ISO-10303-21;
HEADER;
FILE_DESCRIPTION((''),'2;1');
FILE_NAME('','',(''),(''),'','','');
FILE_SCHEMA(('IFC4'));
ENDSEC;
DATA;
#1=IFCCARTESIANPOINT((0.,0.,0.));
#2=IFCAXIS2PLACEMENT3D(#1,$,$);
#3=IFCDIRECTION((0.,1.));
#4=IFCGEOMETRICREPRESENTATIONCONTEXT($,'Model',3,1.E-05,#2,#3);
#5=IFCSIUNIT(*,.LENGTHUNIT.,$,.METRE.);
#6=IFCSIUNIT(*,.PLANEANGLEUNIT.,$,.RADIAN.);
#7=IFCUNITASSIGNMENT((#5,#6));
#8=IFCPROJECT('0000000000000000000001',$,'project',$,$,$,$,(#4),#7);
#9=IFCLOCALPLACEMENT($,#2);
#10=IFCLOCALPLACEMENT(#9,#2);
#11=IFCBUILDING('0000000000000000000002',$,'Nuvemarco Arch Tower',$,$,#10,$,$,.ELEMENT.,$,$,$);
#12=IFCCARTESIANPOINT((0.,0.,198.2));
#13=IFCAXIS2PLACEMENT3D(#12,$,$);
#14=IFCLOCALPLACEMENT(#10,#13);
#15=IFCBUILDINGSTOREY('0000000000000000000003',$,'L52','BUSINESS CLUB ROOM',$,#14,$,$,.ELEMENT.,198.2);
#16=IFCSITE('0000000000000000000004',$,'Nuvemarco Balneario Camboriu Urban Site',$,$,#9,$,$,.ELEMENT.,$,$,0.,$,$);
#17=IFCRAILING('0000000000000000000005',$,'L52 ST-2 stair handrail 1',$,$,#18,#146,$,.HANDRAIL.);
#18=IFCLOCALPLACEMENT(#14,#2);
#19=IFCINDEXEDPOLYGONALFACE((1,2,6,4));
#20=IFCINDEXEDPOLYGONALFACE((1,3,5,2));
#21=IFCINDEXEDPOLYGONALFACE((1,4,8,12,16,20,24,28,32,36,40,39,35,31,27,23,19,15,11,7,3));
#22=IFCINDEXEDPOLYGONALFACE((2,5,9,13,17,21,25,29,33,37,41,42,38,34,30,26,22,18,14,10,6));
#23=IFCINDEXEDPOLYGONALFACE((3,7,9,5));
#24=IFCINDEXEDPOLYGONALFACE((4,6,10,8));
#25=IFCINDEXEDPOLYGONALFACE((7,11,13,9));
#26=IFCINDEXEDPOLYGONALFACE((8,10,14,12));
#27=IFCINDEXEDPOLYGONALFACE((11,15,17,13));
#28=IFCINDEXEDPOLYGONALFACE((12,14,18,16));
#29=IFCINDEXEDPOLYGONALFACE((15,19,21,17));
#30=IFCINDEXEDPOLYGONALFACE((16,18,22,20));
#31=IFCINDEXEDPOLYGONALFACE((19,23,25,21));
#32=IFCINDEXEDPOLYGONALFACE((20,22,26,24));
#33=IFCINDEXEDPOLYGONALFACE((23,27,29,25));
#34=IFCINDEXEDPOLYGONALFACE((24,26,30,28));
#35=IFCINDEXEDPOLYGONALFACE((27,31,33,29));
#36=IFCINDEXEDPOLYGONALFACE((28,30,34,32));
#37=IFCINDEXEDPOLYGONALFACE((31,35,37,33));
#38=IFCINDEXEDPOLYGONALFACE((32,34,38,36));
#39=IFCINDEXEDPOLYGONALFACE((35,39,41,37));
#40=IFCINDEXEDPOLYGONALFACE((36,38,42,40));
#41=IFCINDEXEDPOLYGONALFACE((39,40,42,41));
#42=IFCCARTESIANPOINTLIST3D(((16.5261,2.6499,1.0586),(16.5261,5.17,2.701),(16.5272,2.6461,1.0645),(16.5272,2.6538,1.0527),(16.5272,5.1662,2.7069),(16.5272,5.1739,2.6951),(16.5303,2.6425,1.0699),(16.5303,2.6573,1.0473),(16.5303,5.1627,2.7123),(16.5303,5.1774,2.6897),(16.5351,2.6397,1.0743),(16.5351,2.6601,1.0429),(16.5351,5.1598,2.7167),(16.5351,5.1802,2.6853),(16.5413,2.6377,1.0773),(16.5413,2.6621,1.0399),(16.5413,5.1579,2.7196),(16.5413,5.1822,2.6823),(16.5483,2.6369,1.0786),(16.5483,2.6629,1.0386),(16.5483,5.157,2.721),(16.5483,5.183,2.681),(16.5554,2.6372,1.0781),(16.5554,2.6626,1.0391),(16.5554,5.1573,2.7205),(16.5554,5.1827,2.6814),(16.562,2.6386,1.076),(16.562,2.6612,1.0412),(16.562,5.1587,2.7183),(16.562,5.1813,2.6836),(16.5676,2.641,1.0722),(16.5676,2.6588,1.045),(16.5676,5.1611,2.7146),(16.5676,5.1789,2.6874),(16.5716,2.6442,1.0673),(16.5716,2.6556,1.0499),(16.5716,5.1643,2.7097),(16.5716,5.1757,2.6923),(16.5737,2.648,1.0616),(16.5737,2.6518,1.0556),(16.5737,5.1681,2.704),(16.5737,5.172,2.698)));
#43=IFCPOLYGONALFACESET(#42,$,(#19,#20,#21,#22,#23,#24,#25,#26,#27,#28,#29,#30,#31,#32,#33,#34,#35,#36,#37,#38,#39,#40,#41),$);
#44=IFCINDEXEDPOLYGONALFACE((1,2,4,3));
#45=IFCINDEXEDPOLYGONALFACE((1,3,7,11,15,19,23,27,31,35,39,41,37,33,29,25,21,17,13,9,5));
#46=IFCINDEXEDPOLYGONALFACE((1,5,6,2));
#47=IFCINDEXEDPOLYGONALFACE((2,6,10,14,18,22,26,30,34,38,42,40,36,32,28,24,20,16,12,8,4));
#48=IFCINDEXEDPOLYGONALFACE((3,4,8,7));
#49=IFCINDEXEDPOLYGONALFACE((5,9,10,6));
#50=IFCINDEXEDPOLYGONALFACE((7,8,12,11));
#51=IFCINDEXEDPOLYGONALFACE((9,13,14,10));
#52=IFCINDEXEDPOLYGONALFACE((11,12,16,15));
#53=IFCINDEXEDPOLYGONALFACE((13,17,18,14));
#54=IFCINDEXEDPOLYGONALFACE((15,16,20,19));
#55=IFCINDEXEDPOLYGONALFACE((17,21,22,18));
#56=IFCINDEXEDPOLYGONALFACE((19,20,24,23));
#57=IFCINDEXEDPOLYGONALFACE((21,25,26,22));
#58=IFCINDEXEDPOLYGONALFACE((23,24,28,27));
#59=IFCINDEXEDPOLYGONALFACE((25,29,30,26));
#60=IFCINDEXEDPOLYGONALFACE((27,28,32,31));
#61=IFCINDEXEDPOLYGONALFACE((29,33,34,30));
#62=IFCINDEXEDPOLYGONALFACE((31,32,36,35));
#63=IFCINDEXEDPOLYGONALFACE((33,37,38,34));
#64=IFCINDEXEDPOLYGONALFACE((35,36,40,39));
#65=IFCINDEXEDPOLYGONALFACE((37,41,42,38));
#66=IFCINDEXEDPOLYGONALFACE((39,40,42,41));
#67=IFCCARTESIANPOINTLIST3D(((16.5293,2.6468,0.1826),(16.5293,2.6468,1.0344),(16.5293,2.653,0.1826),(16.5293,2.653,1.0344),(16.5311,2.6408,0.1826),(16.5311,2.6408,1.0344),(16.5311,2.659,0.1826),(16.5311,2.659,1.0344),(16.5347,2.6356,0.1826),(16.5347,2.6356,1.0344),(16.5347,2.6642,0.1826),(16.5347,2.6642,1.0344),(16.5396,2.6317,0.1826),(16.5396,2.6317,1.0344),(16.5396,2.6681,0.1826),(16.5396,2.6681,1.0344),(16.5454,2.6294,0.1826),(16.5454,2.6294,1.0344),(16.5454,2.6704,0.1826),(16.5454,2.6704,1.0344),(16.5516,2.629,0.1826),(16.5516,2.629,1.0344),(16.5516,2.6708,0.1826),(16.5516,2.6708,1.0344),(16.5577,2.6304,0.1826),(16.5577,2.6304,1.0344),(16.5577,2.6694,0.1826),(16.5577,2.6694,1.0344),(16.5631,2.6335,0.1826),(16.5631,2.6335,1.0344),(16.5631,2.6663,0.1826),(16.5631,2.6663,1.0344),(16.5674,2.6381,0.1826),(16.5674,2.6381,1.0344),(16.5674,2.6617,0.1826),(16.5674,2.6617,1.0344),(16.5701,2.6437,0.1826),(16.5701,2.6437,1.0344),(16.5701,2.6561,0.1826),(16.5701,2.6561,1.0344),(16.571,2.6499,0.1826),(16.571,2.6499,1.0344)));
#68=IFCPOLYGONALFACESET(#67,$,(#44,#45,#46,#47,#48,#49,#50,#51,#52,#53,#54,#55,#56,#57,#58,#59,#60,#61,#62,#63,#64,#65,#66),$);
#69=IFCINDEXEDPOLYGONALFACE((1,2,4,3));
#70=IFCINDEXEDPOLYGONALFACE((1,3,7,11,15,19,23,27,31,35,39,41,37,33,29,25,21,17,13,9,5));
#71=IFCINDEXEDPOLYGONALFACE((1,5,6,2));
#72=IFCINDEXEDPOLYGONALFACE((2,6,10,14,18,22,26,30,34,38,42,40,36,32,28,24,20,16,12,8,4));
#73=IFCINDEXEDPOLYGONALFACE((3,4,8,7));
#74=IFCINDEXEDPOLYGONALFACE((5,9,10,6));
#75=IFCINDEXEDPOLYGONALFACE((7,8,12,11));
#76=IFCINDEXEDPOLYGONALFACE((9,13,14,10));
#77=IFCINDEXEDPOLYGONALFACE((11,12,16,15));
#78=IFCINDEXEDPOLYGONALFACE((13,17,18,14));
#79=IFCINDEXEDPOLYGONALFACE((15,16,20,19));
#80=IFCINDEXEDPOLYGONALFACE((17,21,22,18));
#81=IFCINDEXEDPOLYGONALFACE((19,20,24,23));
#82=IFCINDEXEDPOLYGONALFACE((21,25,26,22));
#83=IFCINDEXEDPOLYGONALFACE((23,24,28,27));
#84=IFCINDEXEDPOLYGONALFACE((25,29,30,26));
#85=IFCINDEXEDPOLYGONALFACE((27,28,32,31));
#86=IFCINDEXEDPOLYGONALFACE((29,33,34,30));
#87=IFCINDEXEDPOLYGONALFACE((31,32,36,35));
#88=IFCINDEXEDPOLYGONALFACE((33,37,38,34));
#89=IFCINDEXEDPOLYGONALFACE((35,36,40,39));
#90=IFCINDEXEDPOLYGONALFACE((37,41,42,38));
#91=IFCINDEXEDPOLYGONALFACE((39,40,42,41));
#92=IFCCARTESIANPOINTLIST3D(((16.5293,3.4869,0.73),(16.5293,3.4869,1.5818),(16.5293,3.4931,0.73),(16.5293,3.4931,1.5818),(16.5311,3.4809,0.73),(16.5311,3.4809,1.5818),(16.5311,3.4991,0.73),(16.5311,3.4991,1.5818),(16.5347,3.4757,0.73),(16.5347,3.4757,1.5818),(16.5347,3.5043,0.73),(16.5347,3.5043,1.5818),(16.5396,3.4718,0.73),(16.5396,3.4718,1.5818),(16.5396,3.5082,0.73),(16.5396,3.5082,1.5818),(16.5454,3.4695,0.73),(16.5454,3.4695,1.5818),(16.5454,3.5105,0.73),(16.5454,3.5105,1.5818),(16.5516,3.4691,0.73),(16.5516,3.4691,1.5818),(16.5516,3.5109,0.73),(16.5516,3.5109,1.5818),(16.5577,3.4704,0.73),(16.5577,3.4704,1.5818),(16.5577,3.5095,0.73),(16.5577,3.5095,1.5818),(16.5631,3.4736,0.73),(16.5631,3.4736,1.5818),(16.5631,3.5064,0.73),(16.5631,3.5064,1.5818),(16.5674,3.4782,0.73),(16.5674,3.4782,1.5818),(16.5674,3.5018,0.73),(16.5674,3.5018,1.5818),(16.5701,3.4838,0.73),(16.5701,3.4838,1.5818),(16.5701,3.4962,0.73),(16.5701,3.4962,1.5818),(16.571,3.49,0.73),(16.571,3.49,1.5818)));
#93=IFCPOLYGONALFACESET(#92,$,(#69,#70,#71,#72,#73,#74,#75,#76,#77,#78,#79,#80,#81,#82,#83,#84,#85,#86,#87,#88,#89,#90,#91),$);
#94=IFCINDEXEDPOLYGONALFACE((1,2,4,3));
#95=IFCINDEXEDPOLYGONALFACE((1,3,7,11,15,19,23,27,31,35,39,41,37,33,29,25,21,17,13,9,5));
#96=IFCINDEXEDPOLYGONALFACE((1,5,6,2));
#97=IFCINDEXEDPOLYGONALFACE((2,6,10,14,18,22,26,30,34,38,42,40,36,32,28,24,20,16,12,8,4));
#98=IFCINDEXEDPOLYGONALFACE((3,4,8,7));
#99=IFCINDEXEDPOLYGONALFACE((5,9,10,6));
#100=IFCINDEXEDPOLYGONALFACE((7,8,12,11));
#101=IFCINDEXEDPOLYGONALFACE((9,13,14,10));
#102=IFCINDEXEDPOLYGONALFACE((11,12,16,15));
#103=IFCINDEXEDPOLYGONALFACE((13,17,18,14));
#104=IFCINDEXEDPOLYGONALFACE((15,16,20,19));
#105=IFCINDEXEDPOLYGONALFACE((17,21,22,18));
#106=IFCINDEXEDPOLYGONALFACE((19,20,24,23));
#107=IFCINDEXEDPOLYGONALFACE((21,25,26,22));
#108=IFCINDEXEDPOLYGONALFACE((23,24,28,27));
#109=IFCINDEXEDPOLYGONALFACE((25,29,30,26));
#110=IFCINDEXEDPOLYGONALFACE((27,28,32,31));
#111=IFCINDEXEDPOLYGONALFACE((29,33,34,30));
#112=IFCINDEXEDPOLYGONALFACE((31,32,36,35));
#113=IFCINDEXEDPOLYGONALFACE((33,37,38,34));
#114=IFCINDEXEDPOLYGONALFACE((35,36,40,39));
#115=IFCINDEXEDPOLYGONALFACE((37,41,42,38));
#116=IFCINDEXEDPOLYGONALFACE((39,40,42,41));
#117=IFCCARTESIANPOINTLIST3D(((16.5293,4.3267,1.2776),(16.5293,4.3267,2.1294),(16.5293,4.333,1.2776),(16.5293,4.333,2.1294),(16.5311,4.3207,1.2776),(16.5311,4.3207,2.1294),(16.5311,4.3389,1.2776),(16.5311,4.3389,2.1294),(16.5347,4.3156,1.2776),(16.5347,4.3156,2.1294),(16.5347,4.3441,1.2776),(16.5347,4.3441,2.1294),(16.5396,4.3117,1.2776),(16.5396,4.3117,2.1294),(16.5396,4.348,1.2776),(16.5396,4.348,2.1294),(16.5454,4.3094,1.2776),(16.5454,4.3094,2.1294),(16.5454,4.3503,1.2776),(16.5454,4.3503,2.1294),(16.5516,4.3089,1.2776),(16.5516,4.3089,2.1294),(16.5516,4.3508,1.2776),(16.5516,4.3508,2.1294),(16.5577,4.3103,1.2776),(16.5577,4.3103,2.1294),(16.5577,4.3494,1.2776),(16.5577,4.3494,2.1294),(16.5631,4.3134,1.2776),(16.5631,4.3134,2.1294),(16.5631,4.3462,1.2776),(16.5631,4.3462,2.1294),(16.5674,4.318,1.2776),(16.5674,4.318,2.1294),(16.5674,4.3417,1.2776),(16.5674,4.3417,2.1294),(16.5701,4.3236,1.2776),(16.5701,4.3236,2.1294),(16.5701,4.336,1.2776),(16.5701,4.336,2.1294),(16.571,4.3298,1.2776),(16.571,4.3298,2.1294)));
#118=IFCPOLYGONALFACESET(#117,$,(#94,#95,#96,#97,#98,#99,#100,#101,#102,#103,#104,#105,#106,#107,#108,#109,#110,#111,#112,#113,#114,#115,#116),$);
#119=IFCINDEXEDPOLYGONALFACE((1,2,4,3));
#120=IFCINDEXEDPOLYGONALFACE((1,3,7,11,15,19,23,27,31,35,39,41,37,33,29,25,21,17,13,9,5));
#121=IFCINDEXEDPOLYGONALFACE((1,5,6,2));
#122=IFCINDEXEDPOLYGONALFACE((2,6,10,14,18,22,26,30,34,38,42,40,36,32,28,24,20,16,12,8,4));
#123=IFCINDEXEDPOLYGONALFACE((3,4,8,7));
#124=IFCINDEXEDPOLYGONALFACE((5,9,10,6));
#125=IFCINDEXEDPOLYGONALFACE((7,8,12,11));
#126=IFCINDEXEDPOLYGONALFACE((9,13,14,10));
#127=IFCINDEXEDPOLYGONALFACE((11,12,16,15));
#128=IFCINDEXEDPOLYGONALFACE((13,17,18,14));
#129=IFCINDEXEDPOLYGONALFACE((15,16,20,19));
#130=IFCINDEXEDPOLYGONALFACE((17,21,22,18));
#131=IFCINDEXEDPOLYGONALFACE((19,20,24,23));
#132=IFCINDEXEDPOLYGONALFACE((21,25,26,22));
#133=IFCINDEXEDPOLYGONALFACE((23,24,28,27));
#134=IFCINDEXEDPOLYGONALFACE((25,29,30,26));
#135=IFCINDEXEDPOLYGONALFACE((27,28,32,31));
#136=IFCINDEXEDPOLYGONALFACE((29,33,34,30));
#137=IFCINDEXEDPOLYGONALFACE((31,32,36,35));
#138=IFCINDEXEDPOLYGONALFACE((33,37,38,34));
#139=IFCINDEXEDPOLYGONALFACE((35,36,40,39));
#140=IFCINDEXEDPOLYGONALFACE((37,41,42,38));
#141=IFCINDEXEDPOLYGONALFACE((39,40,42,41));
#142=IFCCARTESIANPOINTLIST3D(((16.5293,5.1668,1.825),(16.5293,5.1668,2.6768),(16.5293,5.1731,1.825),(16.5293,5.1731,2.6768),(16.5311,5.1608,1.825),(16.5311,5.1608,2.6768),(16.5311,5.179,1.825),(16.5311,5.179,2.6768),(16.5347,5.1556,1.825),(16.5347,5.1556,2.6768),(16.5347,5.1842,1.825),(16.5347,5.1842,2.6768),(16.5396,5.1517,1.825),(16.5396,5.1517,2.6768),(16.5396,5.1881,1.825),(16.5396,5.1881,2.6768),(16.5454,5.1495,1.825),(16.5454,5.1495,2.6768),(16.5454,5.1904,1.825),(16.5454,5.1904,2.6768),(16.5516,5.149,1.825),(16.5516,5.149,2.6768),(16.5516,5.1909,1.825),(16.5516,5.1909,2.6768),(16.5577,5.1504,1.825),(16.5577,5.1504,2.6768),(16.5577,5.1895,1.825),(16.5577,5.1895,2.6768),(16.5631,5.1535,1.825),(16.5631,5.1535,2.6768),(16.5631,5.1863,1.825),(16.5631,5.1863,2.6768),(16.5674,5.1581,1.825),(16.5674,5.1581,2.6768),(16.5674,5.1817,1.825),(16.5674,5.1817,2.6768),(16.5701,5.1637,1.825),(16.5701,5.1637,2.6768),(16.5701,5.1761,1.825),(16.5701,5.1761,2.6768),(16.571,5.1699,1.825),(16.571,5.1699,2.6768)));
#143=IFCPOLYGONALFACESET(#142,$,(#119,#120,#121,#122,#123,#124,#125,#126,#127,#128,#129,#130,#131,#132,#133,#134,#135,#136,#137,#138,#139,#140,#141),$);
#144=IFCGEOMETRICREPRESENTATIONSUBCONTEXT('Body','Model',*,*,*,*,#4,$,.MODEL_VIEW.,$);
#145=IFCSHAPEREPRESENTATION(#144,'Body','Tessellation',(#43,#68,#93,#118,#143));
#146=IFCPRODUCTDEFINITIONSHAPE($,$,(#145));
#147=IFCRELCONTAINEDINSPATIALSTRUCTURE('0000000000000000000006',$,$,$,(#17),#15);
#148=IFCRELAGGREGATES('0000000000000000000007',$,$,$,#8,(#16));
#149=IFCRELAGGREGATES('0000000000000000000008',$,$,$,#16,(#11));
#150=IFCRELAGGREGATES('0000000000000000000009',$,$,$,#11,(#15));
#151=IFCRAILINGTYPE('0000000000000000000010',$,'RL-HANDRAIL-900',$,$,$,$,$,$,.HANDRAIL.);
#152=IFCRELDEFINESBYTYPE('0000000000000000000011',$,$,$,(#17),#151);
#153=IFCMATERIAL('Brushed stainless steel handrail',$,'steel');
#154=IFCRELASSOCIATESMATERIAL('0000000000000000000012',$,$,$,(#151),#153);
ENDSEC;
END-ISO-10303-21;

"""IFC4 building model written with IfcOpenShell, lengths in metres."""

from ifc_helpers import new_model, si_unit, direction, frame, origin, origin_2d, place, context, subcontext, project, spatial, circle, extrude, material, type_object, element, save


model = new_model("IFC4")

# Units and contexts
model_context = context("Model", 3, precision=1e-05, world=origin(), true_north=direction((0.0, 1.0)))
body_context = subcontext(model_context, "Body", "Model", "MODEL_VIEW")
ifc_project = project(units=[si_unit("LENGTHUNIT", "METRE"), si_unit("PLANEANGLEUNIT", "RADIAN")], contexts=[model_context])

# Site, building, storey
site_placement = place(None, origin())
site = spatial("IfcSite", under=ifc_project, at=site_placement, Name="Nuvemarco Balneario Camboriu Urban Site", CompositionType="ELEMENT", RefElevation=0.0)
building_placement = place(site_placement, origin())
building = spatial("IfcBuilding", under=site, at=building_placement, Name="Nuvemarco Arch Tower", CompositionType="ELEMENT")
storey_placement = place(building_placement, frame((0.0, 0.0, 198.2)))
storey = spatial("IfcBuildingStorey", under=building, at=storey_placement, Name="L52", Description="BUSINESS CLUB ROOM", CompositionType="ELEMENT", Elevation=198.2)

# Railing
ifc_material_1 = material(Name="Brushed stainless steel handrail", Category="steel")
railing_type_1 = type_object("IfcRailingType", Name="RL-HANDRAIL-900", PredefinedType="HANDRAIL", material=ifc_material_1)
railing_1_placement = place(storey_placement, frame((16.55, 2.6499, 0.1826)))
element("IfcRailing", 1, at=railing_1_placement, inside=storey, type_object=railing_type_1, Name="L52 ST-2 stair handrail 1", PredefinedType="HANDRAIL", context=body_context, shape_type="SweptSolid", body=[
    extrude(circle(Radius=0.0239, at=origin_2d()), frame((0.0, 0.0, 0.876), z_axis=(0.0, 0.837787, 0.545998), x_axis=(-1.0, 0.0, 0.0)), (0.0, 0.0, 1.0), 3.0081),
    extrude(circle(Radius=0.021, at=origin_2d()), origin(), (0.0, 0.0, 1.0), 0.8518),
    extrude(circle(Radius=0.021, at=origin_2d()), frame((0.0, 0.8401, 0.5474)), (0.0, 0.0, 1.0), 0.8518),
    extrude(circle(Radius=0.021, at=origin_2d()), frame((0.0, 1.6799, 1.095)), (0.0, 0.0, 1.0), 0.8518),
    extrude(circle(Radius=0.021, at=origin_2d()), frame((0.0, 2.52, 1.6423)), (0.0, 0.0, 1.0), 0.8518),
])

save(model, "model.ifc")
